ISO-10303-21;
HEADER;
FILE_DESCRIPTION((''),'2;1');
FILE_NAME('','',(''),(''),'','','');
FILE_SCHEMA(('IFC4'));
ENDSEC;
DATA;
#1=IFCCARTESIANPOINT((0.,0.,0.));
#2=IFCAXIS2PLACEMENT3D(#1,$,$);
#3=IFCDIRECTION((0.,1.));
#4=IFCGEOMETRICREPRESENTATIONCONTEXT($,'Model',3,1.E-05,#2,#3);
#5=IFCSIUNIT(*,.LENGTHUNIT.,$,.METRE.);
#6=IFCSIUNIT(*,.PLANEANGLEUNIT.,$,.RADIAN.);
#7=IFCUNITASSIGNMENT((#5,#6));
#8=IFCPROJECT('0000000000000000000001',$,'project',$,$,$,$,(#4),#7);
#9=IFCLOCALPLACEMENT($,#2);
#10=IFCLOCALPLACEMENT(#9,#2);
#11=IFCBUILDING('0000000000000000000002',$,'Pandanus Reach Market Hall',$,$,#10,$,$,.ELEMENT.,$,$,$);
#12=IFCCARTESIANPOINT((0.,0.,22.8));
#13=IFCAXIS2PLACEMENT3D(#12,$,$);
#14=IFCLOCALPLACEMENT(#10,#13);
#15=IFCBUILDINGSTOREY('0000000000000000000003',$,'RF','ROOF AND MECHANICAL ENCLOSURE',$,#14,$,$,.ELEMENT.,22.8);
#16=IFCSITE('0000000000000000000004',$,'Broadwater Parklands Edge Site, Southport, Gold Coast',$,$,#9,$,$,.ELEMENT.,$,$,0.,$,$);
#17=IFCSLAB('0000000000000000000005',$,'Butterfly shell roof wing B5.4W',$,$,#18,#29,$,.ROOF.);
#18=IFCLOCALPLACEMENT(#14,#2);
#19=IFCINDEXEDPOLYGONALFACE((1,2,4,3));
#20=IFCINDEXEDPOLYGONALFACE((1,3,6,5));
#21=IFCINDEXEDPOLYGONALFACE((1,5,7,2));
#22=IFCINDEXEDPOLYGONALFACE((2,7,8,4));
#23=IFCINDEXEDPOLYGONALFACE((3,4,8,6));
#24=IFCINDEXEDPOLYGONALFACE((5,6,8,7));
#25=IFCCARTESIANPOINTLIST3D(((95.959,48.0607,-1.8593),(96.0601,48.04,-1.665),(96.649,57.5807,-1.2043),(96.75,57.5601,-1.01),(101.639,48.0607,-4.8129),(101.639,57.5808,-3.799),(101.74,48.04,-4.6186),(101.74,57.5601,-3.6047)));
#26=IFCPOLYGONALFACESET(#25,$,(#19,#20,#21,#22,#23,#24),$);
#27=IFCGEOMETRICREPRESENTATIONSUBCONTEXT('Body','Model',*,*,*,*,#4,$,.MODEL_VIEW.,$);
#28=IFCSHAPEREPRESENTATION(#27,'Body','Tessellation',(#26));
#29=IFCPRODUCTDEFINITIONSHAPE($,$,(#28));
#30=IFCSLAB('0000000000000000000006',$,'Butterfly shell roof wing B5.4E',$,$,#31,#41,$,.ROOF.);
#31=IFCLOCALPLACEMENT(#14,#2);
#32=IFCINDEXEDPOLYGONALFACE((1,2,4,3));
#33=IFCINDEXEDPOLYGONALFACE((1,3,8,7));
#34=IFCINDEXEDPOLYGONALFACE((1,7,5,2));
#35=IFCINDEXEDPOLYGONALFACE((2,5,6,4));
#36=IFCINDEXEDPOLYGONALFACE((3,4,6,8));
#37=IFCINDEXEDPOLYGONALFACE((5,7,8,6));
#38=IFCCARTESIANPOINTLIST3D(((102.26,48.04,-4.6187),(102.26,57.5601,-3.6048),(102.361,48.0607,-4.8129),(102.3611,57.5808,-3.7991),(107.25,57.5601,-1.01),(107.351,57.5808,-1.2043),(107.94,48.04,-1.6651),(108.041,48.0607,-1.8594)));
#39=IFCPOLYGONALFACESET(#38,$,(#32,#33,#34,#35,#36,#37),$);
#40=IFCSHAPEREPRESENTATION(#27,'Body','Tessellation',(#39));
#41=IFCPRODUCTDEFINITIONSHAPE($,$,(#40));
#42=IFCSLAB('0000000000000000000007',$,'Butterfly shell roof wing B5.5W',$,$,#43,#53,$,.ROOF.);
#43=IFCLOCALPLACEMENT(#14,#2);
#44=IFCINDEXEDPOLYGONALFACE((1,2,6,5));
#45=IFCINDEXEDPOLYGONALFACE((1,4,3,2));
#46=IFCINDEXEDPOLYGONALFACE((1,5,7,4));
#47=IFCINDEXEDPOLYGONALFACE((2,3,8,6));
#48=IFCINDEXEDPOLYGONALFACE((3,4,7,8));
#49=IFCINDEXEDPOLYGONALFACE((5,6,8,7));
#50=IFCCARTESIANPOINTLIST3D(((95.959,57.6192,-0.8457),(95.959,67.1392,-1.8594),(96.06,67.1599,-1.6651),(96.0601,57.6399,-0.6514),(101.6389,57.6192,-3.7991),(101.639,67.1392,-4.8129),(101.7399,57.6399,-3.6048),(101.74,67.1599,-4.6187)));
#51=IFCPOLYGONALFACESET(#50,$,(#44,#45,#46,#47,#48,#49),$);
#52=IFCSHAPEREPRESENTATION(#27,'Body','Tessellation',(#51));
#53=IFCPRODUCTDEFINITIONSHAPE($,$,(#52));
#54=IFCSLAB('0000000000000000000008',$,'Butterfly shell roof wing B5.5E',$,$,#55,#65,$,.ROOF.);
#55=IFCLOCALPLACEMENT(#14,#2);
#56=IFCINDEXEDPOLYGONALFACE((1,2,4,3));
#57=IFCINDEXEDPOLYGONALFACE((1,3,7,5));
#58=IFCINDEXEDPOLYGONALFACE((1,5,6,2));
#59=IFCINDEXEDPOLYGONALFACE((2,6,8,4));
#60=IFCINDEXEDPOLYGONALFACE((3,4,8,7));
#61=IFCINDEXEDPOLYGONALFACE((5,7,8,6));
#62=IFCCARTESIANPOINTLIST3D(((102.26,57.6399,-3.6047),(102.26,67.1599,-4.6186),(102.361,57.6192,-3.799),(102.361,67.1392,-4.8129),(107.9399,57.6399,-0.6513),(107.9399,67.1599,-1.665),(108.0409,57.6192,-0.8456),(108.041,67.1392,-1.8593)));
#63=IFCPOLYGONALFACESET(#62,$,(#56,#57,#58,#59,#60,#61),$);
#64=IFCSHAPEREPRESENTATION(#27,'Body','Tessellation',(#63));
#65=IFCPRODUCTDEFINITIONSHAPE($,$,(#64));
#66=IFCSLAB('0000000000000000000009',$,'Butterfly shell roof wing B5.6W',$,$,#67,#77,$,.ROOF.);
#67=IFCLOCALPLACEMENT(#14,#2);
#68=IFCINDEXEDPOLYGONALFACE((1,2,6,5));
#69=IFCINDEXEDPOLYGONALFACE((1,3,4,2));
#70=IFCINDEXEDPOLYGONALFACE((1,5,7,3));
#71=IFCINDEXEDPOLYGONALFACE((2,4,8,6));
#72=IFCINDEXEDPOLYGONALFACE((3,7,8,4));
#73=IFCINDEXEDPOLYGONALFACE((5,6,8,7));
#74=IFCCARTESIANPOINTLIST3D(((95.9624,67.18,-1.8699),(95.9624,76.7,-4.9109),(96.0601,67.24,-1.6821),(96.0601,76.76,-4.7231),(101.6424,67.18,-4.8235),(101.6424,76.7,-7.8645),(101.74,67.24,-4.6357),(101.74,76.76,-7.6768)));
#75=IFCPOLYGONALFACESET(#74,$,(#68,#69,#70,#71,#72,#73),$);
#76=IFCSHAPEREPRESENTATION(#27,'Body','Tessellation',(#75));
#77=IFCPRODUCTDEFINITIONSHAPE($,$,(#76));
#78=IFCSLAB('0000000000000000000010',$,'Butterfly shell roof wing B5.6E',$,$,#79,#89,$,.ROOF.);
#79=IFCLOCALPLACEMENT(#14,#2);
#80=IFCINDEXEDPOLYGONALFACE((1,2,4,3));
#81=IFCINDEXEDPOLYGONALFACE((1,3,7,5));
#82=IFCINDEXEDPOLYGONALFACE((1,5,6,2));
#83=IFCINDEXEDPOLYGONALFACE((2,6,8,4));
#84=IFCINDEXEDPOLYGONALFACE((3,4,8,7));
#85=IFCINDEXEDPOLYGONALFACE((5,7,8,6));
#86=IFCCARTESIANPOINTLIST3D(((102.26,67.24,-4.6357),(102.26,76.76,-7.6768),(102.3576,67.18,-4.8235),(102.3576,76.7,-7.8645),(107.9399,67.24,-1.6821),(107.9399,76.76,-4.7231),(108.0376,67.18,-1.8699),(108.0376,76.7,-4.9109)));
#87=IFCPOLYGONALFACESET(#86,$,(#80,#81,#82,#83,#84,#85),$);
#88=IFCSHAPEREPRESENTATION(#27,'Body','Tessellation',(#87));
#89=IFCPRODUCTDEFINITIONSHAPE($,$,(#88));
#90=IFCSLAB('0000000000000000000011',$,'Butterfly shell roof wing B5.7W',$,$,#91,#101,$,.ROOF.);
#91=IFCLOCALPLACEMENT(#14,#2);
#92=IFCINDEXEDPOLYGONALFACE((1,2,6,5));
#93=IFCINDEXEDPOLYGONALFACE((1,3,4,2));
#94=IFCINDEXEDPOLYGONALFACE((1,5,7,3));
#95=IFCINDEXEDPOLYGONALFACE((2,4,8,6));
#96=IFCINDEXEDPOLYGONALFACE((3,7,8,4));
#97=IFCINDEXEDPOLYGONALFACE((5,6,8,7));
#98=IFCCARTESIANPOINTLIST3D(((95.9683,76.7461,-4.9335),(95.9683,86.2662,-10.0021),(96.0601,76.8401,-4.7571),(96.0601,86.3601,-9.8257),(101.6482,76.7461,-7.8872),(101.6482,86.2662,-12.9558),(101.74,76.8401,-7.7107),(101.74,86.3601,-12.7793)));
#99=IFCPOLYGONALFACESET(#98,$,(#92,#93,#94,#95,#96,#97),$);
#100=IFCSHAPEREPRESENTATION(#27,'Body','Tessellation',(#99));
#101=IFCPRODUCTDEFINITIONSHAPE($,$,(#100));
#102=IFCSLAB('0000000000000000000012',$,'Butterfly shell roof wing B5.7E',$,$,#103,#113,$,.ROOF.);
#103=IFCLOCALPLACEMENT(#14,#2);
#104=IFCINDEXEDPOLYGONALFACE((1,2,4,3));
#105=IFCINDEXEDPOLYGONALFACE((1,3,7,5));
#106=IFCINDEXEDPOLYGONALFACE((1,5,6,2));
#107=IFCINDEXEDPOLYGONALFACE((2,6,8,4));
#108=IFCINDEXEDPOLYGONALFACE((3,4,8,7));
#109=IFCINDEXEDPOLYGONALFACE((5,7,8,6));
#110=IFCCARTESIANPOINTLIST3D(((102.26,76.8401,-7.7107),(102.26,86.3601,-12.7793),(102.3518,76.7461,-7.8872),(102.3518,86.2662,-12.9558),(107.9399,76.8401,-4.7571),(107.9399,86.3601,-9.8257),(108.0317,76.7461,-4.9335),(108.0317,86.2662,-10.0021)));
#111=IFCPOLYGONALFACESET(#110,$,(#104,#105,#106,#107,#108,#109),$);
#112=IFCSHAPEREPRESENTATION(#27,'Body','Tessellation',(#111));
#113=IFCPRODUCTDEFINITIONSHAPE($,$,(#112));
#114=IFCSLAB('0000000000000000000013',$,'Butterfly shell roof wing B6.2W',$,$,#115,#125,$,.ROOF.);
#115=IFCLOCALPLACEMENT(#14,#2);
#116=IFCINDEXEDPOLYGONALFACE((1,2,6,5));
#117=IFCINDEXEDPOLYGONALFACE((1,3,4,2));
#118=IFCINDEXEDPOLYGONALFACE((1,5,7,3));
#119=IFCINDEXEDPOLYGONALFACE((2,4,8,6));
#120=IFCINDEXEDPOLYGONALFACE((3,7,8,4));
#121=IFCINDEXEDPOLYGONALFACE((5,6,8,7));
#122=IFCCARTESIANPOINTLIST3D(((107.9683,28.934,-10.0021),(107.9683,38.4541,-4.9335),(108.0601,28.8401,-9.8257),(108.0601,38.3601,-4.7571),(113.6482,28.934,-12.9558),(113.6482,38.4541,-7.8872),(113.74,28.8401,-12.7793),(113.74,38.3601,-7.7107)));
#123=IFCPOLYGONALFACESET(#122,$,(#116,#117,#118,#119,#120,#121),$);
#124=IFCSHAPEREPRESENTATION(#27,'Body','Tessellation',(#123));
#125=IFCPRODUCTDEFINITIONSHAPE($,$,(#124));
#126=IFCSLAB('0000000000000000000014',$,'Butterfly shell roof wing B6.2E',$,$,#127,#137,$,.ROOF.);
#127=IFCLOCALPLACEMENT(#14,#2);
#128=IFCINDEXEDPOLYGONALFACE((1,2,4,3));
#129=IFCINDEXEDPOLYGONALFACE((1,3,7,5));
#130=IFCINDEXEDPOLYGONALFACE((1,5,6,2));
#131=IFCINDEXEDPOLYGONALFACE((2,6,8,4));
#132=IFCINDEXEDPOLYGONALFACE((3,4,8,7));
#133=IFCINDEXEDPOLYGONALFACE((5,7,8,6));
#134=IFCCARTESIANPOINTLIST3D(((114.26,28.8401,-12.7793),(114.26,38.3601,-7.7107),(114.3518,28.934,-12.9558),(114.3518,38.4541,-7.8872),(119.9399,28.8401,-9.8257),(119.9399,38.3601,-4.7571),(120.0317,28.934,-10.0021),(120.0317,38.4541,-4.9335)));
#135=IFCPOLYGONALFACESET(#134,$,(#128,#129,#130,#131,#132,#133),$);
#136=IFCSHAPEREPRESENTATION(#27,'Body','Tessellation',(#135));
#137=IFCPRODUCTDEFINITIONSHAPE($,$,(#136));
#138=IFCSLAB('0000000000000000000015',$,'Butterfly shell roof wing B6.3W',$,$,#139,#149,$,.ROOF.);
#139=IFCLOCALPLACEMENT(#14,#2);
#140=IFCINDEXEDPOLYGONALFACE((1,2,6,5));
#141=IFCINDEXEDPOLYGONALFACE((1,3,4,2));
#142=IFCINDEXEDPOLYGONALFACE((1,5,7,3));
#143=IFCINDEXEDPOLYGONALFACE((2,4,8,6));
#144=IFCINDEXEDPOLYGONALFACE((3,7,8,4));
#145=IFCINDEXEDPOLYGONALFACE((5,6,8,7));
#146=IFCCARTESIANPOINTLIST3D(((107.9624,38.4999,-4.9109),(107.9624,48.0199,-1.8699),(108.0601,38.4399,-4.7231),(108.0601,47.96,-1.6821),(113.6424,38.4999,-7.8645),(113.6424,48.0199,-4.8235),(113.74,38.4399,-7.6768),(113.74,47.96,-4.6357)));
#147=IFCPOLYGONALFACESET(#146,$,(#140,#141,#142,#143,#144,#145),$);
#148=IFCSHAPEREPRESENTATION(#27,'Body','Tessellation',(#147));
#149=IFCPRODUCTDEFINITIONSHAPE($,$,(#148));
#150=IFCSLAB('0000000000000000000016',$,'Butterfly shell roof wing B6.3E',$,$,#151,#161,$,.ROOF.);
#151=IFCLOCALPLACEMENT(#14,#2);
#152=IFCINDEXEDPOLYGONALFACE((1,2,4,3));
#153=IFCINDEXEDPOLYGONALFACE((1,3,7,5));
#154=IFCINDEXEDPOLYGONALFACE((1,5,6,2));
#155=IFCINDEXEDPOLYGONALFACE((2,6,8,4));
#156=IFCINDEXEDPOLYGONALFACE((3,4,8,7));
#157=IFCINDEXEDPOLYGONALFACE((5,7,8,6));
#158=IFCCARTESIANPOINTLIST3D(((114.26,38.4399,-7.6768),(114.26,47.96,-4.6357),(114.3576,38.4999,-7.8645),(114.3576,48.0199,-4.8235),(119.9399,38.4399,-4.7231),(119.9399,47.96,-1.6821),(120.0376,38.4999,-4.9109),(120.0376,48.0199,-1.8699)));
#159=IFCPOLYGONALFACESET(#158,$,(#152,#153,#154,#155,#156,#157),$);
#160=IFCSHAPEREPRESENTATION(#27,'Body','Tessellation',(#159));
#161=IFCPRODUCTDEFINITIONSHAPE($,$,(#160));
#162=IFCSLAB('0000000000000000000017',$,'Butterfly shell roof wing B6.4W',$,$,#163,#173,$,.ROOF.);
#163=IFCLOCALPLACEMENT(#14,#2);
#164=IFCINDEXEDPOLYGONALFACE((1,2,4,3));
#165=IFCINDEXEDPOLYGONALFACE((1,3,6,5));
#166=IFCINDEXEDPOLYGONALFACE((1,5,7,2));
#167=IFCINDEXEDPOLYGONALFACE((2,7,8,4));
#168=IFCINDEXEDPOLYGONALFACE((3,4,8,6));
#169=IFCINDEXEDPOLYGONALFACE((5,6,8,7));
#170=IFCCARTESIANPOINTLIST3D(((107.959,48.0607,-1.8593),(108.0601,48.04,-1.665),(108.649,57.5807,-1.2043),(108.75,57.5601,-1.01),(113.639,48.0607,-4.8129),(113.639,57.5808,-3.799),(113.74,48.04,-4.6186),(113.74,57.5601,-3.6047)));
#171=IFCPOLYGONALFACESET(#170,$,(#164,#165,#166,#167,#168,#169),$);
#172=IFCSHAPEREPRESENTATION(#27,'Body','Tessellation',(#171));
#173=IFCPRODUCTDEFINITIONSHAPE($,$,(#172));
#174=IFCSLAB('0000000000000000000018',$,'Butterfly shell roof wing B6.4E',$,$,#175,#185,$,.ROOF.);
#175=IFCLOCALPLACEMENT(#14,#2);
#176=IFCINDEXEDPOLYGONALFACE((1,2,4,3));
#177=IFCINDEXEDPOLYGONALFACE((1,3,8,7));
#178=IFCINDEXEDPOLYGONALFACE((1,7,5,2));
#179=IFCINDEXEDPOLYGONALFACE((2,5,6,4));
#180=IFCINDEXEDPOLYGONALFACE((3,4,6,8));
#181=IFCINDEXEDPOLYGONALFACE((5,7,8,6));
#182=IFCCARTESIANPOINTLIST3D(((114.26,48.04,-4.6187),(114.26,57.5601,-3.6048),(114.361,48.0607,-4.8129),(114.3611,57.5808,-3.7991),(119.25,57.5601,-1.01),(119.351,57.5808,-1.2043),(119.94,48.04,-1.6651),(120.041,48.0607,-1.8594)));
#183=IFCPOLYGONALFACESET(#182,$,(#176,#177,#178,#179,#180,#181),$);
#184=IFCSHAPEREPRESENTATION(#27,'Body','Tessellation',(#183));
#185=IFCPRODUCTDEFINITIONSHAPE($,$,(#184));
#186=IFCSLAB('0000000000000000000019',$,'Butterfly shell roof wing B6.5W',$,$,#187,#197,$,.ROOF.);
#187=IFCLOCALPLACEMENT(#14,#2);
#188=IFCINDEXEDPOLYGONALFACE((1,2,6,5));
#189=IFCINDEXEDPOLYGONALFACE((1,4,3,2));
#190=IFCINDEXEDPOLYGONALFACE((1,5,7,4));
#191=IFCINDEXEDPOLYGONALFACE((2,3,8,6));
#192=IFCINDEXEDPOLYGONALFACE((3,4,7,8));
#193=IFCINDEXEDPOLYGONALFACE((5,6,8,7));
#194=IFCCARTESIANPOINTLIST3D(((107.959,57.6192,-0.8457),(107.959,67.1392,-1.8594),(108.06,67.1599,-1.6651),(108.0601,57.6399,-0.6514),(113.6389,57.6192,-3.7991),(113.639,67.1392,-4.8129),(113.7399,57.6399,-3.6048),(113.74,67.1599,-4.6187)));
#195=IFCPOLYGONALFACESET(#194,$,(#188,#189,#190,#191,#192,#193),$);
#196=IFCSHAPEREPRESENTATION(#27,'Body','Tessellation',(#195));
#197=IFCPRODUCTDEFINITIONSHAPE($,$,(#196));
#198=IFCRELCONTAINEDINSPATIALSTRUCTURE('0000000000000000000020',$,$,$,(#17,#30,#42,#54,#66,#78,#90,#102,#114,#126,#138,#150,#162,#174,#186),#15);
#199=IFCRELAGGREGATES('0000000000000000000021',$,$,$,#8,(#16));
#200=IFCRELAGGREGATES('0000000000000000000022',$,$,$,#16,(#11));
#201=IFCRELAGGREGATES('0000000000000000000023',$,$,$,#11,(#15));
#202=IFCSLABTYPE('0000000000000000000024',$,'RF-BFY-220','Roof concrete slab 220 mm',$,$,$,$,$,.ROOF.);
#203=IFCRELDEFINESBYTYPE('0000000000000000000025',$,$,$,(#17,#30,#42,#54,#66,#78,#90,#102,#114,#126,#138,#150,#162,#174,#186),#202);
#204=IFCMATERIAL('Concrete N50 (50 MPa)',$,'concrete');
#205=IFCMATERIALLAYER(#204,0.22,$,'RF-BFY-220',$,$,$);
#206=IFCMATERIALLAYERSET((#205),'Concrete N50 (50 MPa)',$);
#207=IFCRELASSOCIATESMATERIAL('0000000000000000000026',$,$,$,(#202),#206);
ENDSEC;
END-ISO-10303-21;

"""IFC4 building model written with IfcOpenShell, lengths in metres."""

from ifc_helpers import new_model, si_unit, direction, frame, origin, place, context, subcontext, project, spatial, polyline, outline, extrude, material, layer, layer_set, type_object, element, save


model = new_model("IFC4")

# Units and contexts
model_context = context("Model", 3, precision=1e-05, world=origin(), true_north=direction((0.0, 1.0)))
body_context = subcontext(model_context, "Body", "Model", "MODEL_VIEW")
ifc_project = project(units=[si_unit("LENGTHUNIT", "METRE"), si_unit("PLANEANGLEUNIT", "RADIAN")], contexts=[model_context])

# Site, building, storey
site_placement = place(None, origin())
site = spatial("IfcSite", under=ifc_project, at=site_placement, Name="Broadwater Parklands Edge Site, Southport, Gold Coast", CompositionType="ELEMENT", RefElevation=0.0)
building_placement = place(site_placement, origin())
building = spatial("IfcBuilding", under=site, at=building_placement, Name="Pandanus Reach Market Hall", CompositionType="ELEMENT")
storey_placement = place(building_placement, frame((0.0, 0.0, 22.8)))
storey = spatial("IfcBuildingStorey", under=building, at=storey_placement, Name="RF", Description="ROOF AND MECHANICAL ENCLOSURE", CompositionType="ELEMENT", Elevation=22.8)

# Slabs
ifc_material = material(Name="Concrete N50 (50 MPa)", Category="concrete")
ifc_layer_1 = layer(ifc_material, 0.22, Name="RF-BFY-220")
ifc_layer_set_1 = layer_set([ifc_layer_1], Name="Concrete N50 (50 MPa)")
slab_type_1 = type_object("IfcSlabType", Name="RF-BFY-220", Description="Roof concrete slab 220 mm", PredefinedType="ROOF", material=ifc_layer_set_1)
slab_1_placement = place(storey_placement, frame((96.0601, 48.04, -1.665), z_axis=(0.459306, -0.094067, 0.883283), x_axis=(0.887217, -0.000001, -0.461352)))
element("IfcSlab", 1, at=slab_1_placement, inside=storey, type_object=slab_type_1, Name="Butterfly shell roof wing B5.4W", PredefinedType="ROOF", context=body_context, shape_type="SweptSolid", body=[
    extrude(outline(polyline([(0.0, 0.0), (6.402, 0.0), (5.9342, 9.5624), (0.3099, 9.5624), (0.0, 0.0)])), origin(), (0.0, 0.0, -1.0), 0.22),
])
slab_2_placement = place(storey_placement, frame((102.26, 48.04, -4.6187), z_axis=(-0.459306, -0.094067, 0.883283), x_axis=(0.887217, 0.000001, 0.461352)))
element("IfcSlab", 2, at=slab_2_placement, inside=storey, type_object=slab_type_1, Name="Butterfly shell roof wing B5.4E", PredefinedType="ROOF", context=body_context, shape_type="SweptSolid", body=[
    extrude(outline(polyline([(0.0, 0.0), (6.402, 0.0), (6.0921, 9.5624), (0.4678, 9.5624), (0.0, 0.0)])), origin(), (0.0, 0.0, -1.0), 0.22),
])
slab_3_placement = place(storey_placement, frame((96.0601, 57.6399, -0.6514), z_axis=(0.459298, 0.094062, 0.883288), x_axis=(0.887222, -0.000002, -0.461344)))
element("IfcSlab", 3, at=slab_3_placement, inside=storey, type_object=slab_type_1, Name="Butterfly shell roof wing B5.5W", PredefinedType="ROOF", context=body_context, shape_type="SweptSolid", body=[
    extrude(outline(polyline([(0.0, 0.0), (6.4019, 0.0), (6.8696, 9.5624), (0.4676, 9.5624), (0.0, 0.0)])), origin(), (0.0, 0.0, -1.0), 0.22),
])
slab_4_placement = place(storey_placement, frame((102.26, 57.6399, -3.6047), z_axis=(-0.459298, 0.094062, 0.883288), x_axis=(0.887222, 0.000002, 0.461344)))
element("IfcSlab", 4, at=slab_4_placement, inside=storey, type_object=slab_type_1, Name="Butterfly shell roof wing B5.5E", PredefinedType="ROOF", context=body_context, shape_type="SweptSolid", body=[
    extrude(outline(polyline([(0.0, 0.0), (6.4019, 0.0), (5.9342, 9.5624), (-0.4677, 9.5624), (0.0, 0.0)])), origin(), (0.0, 0.0, -1.0), 0.22),
])
slab_5_placement = place(storey_placement, frame((96.0601, 67.24, -1.6821), z_axis=(0.443877, 0.272667, 0.853596), x_axis=(0.887214, 0.0, -0.461359)))
element("IfcSlab", 5, at=slab_5_placement, inside=storey, type_object=slab_type_1, Name="Butterfly shell roof wing B5.6W", PredefinedType="ROOF", context=body_context, shape_type="SweptSolid", body=[
    extrude(outline(polyline([(0.0, 0.0), (6.402, 0.0), (7.805, 9.895), (1.403, 9.895), (0.0, 0.0)])), origin(), (0.0, 0.0, -1.0), 0.22),
])
slab_6_placement = place(storey_placement, frame((102.26, 67.24, -4.6357), z_axis=(-0.443877, 0.272667, 0.853596), x_axis=(0.887214, 0.0, 0.461359)))
element("IfcSlab", 6, at=slab_6_placement, inside=storey, type_object=slab_type_1, Name="Butterfly shell roof wing B5.6E", PredefinedType="ROOF", context=body_context, shape_type="SweptSolid", body=[
    extrude(outline(polyline([(0.0, 0.0), (6.402, 0.0), (4.999, 9.895), (-1.403, 9.895), (0.0, 0.0)])), origin(), (0.0, 0.0, -1.0), 0.22),
])
slab_7_placement = place(storey_placement, frame((96.0601, 76.8401, -4.7571), z_axis=(0.41716, 0.427113, 0.802217), x_axis=(0.887214, 0.0, -0.461359)))
element("IfcSlab", 7, at=slab_7_placement, inside=storey, type_object=slab_type_1, Name="Butterfly shell roof wing B5.7W", PredefinedType="ROOF", context=body_context, shape_type="SweptSolid", body=[
    extrude(outline(polyline([(0.0, 0.0), (6.402, 0.0), (8.7404, 10.5287), (2.3384, 10.5287), (0.0, 0.0)])), origin(), (0.0, 0.0, -1.0), 0.22),
])
for number, where, z_axis, x_axis, name in (
    (8, (102.26, 76.8401, -7.7107), (-0.41716, 0.427113, 0.802217), (0.887214, 0.0, 0.461359), "Butterfly shell roof wing B5.7E"),
    (9, (108.0601, 28.8401, -9.8257), (0.41716, -0.427113, 0.802217), (0.887214, 0.0, -0.461359), "Butterfly shell roof wing B6.2W"),
):
    element("IfcSlab", number, at=place(storey_placement, frame(where, z_axis=z_axis, x_axis=x_axis)), inside=storey, type_object=slab_type_1, Name=name, PredefinedType="ROOF", context=body_context, shape_type="SweptSolid", body=[
        extrude(outline(polyline([(0.0, 0.0), (6.402, 0.0), (4.0635, 10.5287), (-2.3384, 10.5287), (0.0, 0.0)])), origin(), (0.0, 0.0, -1.0), 0.22),
    ])
slab_8_placement = place(storey_placement, frame((114.26, 28.8401, -12.7793), z_axis=(-0.41716, -0.427113, 0.802217), x_axis=(0.887214, 0.0, 0.461359)))
element("IfcSlab", 10, at=slab_8_placement, inside=storey, type_object=slab_type_1, Name="Butterfly shell roof wing B6.2E", PredefinedType="ROOF", context=body_context, shape_type="SweptSolid", body=[
    extrude(outline(polyline([(0.0, 0.0), (6.402, 0.0), (8.7404, 10.5287), (2.3384, 10.5287), (0.0, 0.0)])), origin(), (0.0, 0.0, -1.0), 0.22),
])
slab_9_placement = place(storey_placement, frame((108.0601, 38.4399, -4.7231), z_axis=(0.443877, -0.272667, 0.853596), x_axis=(0.887214, 0.0, -0.461359)))
element("IfcSlab", 11, at=slab_9_placement, inside=storey, type_object=slab_type_1, Name="Butterfly shell roof wing B6.3W", PredefinedType="ROOF", context=body_context, shape_type="SweptSolid", body=[
    extrude(outline(polyline([(0.0, 0.0), (6.402, 0.0), (4.999, 9.895), (-1.403, 9.895), (0.0, 0.0)])), origin(), (0.0, 0.0, -1.0), 0.22),
])
slab_10_placement = place(storey_placement, frame((114.26, 38.4399, -7.6768), z_axis=(-0.443877, -0.272667, 0.853596), x_axis=(0.887214, 0.0, 0.461359)))
element("IfcSlab", 12, at=slab_10_placement, inside=storey, type_object=slab_type_1, Name="Butterfly shell roof wing B6.3E", PredefinedType="ROOF", context=body_context, shape_type="SweptSolid", body=[
    extrude(outline(polyline([(0.0, 0.0), (6.402, 0.0), (7.805, 9.895), (1.403, 9.895), (0.0, 0.0)])), origin(), (0.0, 0.0, -1.0), 0.22),
])
slab_11_placement = place(storey_placement, frame((108.0601, 48.04, -1.665), z_axis=(0.459306, -0.094067, 0.883283), x_axis=(0.887217, -0.000001, -0.461352)))
element("IfcSlab", 13, at=slab_11_placement, inside=storey, type_object=slab_type_1, Name="Butterfly shell roof wing B6.4W", PredefinedType="ROOF", context=body_context, shape_type="SweptSolid", body=[
    extrude(outline(polyline([(0.0, 0.0), (6.402, 0.0), (5.9342, 9.5624), (0.3099, 9.5624), (0.0, 0.0)])), origin(), (0.0, 0.0, -1.0), 0.22),
])
slab_12_placement = place(storey_placement, frame((114.26, 48.04, -4.6187), z_axis=(-0.459306, -0.094067, 0.883283), x_axis=(0.887217, 0.000001, 0.461352)))
element("IfcSlab", 14, at=slab_12_placement, inside=storey, type_object=slab_type_1, Name="Butterfly shell roof wing B6.4E", PredefinedType="ROOF", context=body_context, shape_type="SweptSolid", body=[
    extrude(outline(polyline([(0.0, 0.0), (6.402, 0.0), (6.0921, 9.5624), (0.4678, 9.5624), (0.0, 0.0)])), origin(), (0.0, 0.0, -1.0), 0.22),
])
slab_13_placement = place(storey_placement, frame((108.0601, 57.6399, -0.6514), z_axis=(0.459298, 0.094062, 0.883288), x_axis=(0.887222, -0.000002, -0.461344)))
element("IfcSlab", 15, at=slab_13_placement, inside=storey, type_object=slab_type_1, Name="Butterfly shell roof wing B6.5W", PredefinedType="ROOF", context=body_context, shape_type="SweptSolid", body=[
    extrude(outline(polyline([(0.0, 0.0), (6.4019, 0.0), (6.8696, 9.5624), (0.4676, 9.5624), (0.0, 0.0)])), origin(), (0.0, 0.0, -1.0), 0.22),
])

save(model, "model.ifc")
